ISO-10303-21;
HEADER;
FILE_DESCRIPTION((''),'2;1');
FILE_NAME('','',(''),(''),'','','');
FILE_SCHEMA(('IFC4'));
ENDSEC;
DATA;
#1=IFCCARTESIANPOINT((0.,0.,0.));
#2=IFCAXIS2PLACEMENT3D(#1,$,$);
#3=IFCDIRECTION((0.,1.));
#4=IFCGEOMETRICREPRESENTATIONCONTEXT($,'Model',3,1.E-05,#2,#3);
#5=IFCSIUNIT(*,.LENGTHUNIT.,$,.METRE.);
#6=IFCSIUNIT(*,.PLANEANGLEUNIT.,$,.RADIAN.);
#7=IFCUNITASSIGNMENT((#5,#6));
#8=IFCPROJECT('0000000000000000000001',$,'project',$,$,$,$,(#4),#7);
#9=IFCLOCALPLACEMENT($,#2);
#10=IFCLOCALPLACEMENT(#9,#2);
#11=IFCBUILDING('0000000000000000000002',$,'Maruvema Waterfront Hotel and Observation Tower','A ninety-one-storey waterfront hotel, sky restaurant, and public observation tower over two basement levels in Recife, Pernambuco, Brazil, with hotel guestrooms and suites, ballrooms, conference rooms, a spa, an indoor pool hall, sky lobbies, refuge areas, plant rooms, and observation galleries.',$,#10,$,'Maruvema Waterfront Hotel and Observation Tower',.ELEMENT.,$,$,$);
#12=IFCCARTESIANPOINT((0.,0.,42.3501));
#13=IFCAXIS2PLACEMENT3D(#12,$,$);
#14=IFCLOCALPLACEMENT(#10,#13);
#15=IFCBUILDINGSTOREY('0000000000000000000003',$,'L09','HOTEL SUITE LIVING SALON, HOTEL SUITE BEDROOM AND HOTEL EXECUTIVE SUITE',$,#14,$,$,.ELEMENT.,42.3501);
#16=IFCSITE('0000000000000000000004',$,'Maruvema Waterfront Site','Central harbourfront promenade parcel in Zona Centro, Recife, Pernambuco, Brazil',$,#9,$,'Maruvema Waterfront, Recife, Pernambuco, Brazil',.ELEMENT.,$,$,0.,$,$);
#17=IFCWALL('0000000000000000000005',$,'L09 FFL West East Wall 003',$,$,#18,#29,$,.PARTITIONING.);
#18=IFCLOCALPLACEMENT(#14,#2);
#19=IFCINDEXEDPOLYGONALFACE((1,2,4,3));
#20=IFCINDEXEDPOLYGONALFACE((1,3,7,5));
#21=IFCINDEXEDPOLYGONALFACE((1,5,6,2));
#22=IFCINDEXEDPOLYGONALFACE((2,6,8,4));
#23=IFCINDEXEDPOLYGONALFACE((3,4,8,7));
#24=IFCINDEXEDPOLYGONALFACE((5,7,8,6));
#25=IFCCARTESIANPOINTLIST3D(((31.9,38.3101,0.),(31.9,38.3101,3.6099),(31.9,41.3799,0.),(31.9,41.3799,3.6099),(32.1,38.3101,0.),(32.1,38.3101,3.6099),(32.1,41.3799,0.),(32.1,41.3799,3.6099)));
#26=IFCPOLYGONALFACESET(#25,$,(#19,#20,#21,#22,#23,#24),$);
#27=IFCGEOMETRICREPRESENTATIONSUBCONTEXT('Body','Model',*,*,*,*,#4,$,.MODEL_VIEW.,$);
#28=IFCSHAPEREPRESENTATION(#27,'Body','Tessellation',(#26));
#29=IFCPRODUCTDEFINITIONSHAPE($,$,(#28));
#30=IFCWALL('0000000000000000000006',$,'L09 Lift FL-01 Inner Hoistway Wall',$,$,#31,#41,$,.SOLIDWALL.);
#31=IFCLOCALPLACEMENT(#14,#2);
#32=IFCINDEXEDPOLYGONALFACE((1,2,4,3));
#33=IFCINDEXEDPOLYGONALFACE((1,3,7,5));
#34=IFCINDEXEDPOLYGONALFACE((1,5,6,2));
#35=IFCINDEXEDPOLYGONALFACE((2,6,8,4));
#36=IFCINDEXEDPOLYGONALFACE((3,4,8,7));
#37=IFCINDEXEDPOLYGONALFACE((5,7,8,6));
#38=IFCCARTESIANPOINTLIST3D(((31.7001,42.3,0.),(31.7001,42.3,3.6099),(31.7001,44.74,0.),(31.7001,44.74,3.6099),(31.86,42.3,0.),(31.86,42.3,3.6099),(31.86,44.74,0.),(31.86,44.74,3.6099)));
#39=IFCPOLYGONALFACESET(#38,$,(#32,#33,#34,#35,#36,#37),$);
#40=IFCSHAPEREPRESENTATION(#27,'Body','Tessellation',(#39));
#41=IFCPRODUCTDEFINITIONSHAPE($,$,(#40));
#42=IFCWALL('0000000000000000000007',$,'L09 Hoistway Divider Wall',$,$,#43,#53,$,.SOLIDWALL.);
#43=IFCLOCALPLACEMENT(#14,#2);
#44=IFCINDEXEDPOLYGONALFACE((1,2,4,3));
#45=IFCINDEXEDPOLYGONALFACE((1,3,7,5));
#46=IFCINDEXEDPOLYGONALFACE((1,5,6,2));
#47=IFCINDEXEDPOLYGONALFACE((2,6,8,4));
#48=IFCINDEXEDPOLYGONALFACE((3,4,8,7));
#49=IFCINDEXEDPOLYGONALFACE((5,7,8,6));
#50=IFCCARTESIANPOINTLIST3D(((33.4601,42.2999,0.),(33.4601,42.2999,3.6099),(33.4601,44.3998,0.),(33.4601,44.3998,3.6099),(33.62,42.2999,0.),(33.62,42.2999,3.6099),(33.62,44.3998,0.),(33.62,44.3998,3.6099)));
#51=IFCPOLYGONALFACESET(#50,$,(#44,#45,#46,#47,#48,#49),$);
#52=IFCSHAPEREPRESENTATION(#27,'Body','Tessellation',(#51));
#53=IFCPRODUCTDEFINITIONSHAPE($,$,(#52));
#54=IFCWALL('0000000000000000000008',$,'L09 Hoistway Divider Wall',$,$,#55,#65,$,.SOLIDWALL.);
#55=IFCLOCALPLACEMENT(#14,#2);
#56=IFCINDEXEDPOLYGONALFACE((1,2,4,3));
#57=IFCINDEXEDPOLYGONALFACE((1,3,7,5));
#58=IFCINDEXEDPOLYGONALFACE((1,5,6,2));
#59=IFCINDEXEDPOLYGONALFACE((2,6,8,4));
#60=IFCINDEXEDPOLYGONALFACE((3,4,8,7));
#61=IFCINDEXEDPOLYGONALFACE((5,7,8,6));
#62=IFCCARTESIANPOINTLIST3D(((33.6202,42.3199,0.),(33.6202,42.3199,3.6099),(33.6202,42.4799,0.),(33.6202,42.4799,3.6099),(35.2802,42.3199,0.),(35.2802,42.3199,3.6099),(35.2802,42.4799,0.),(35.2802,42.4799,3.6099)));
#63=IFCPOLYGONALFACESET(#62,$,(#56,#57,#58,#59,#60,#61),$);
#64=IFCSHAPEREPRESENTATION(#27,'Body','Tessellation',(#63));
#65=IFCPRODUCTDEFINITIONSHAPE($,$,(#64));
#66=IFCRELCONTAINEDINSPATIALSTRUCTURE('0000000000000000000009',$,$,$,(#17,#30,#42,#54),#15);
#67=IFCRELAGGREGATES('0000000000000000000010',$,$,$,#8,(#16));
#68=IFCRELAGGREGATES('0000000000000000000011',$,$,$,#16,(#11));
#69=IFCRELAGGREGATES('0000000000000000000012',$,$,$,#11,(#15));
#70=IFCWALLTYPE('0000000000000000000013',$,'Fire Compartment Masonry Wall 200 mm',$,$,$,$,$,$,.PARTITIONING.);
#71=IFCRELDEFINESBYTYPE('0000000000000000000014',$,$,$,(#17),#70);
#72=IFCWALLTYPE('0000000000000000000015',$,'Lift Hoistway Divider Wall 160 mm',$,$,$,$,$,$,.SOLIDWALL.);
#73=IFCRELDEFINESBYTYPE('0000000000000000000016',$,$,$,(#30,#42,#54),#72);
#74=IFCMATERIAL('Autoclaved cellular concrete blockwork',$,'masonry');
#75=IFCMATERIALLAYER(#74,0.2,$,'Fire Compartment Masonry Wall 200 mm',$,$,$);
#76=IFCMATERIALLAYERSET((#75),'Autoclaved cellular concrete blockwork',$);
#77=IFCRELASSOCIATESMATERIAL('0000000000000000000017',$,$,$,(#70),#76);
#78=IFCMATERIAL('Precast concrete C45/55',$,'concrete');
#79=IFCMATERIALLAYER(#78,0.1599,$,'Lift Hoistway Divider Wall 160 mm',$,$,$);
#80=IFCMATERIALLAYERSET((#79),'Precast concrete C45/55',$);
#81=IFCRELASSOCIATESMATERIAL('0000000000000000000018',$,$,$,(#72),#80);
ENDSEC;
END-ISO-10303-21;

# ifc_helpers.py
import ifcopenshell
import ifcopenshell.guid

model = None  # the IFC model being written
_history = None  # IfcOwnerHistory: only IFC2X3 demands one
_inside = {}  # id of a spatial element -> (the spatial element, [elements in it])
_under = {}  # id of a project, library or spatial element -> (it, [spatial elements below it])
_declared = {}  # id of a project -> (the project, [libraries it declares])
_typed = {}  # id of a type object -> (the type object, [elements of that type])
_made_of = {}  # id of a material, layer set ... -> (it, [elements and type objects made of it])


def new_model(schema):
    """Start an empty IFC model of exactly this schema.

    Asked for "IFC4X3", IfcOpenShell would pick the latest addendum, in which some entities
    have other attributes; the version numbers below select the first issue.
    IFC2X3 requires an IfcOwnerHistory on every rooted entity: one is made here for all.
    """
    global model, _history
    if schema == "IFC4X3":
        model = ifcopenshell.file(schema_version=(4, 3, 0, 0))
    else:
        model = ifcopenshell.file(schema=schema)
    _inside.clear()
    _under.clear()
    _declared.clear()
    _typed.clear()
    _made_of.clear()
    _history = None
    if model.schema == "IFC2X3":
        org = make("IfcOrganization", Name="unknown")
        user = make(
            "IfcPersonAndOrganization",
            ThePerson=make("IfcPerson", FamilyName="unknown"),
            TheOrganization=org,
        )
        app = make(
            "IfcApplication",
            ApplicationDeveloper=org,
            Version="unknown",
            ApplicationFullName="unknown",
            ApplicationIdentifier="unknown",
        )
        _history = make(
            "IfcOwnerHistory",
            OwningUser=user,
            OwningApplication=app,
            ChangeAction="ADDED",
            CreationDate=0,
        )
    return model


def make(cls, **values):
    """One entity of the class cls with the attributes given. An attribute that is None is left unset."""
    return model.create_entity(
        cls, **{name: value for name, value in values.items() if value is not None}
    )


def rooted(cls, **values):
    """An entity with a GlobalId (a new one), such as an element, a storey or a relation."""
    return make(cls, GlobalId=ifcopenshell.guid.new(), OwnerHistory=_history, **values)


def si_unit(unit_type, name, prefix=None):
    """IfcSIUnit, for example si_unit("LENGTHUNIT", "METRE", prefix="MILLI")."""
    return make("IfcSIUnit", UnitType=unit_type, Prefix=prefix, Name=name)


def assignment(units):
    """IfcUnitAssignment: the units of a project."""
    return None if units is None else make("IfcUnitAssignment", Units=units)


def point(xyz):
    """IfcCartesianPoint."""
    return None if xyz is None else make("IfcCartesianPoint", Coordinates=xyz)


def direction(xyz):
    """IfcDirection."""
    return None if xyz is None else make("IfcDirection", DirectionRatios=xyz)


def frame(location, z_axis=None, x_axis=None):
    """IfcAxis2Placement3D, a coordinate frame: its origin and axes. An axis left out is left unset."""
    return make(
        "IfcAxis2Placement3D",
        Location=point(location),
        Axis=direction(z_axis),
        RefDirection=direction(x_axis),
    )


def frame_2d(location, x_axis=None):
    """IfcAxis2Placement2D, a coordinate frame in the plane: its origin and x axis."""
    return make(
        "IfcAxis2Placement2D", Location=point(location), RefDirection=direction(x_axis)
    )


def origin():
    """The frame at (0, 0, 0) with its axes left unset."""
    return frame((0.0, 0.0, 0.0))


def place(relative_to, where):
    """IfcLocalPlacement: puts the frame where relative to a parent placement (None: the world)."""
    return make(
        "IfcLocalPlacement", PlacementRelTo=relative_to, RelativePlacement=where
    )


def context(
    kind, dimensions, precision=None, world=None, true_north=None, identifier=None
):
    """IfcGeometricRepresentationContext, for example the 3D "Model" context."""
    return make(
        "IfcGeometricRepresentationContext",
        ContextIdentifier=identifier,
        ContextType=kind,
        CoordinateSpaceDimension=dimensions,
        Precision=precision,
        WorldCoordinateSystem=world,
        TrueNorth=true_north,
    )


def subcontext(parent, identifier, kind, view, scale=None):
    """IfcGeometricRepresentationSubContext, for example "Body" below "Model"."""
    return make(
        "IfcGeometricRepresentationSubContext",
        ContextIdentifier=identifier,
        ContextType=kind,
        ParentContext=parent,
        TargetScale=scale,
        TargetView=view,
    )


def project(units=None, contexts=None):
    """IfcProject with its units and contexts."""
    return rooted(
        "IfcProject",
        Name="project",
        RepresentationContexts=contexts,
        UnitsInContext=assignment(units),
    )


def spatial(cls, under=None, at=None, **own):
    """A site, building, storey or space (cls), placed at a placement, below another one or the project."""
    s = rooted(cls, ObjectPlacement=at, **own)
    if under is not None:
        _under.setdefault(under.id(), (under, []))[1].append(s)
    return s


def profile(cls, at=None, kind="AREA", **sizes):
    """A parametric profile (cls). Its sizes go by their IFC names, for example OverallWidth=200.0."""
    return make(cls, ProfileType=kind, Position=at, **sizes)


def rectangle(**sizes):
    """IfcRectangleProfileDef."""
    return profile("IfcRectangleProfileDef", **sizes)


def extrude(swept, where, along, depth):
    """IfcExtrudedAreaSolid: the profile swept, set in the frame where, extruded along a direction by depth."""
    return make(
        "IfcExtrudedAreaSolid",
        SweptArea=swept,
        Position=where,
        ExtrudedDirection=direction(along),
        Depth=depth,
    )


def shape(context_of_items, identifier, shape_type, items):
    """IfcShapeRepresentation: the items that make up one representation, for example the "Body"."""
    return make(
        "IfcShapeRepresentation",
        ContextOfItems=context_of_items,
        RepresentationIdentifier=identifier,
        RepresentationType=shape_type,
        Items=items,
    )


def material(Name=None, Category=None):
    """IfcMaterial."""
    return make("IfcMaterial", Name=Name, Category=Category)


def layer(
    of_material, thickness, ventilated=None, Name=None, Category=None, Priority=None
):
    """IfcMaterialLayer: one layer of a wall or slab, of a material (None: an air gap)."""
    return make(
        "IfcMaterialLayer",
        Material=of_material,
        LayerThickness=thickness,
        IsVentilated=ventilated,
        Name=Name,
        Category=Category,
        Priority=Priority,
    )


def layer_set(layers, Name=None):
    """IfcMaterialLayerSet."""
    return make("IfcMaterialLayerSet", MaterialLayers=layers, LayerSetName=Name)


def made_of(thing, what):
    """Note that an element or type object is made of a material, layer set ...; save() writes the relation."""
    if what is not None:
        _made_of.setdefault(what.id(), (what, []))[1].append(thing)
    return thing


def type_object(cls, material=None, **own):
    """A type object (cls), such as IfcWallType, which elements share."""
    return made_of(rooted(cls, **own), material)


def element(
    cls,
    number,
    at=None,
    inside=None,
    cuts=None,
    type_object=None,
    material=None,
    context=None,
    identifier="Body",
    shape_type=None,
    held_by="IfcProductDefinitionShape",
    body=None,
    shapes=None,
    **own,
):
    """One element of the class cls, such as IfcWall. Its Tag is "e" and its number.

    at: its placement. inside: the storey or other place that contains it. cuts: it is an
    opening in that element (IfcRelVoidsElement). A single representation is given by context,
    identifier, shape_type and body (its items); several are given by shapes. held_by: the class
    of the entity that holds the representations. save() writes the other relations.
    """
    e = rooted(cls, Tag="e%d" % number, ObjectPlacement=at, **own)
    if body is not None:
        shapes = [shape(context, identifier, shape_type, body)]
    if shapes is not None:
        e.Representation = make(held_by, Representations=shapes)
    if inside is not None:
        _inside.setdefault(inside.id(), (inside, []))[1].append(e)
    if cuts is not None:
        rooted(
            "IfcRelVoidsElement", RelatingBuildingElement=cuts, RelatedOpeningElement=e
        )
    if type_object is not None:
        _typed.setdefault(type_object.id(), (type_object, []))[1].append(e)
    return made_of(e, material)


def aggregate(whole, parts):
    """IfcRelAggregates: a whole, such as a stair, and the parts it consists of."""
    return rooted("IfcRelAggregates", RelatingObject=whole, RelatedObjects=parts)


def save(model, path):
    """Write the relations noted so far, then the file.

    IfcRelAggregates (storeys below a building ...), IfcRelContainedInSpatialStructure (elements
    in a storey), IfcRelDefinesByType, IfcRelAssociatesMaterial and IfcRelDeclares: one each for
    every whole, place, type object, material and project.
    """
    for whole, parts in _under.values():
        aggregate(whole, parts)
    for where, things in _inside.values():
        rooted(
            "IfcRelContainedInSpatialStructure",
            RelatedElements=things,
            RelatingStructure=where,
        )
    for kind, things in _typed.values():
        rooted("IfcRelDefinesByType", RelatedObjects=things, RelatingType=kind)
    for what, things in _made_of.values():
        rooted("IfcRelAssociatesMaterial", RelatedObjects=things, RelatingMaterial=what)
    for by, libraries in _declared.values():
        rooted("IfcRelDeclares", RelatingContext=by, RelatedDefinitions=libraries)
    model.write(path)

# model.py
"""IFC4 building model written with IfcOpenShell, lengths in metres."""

from ifc_helpers import new_model, si_unit, direction, frame, frame_2d, origin, place, context, subcontext, project, spatial, rectangle, extrude, material, layer, layer_set, type_object, element, save


model = new_model("IFC4")

# Units and contexts
model_context = context("Model", 3, precision=1e-05, world=origin(), true_north=direction((0.0, 1.0)))
body_context = subcontext(model_context, "Body", "Model", "MODEL_VIEW")
ifc_project = project(units=[si_unit("LENGTHUNIT", "METRE"), si_unit("PLANEANGLEUNIT", "RADIAN")], contexts=[model_context])

# Site, building, storey
site_placement = place(None, origin())
site = spatial("IfcSite", under=ifc_project, at=site_placement, Name="Maruvema Waterfront Site", Description="Central harbourfront promenade parcel in Zona Centro, Recife, Pernambuco, Brazil", LongName="Maruvema Waterfront, Recife, Pernambuco, Brazil", CompositionType="ELEMENT", RefElevation=0.0)
building_placement = place(site_placement, origin())
building = spatial("IfcBuilding", under=site, at=building_placement, Name="Maruvema Waterfront Hotel and Observation Tower", Description="A ninety-one-storey waterfront hotel, sky restaurant, and public observation tower over two basement levels in Recife, Pernambuco, Brazil, with hotel guestrooms and suites, ballrooms, conference rooms, a spa, an indoor pool hall, sky lobbies, refuge areas, plant rooms, and observation galleries.", LongName="Maruvema Waterfront Hotel and Observation Tower", CompositionType="ELEMENT")
storey_placement = place(building_placement, frame((0.0, 0.0, 42.3501)))
storey = spatial("IfcBuildingStorey", under=building, at=storey_placement, Name="L09", Description="HOTEL SUITE LIVING SALON, HOTEL SUITE BEDROOM AND HOTEL EXECUTIVE SUITE", CompositionType="ELEMENT", Elevation=42.3501)

# Walls
ifc_material_1 = material(Name="Autoclaved cellular concrete blockwork", Category="masonry")
ifc_layer_1 = layer(ifc_material_1, 0.2, Name="Fire Compartment Masonry Wall 200 mm")
ifc_layer_set_1 = layer_set([ifc_layer_1], Name="Autoclaved cellular concrete blockwork")
wall_type_1 = type_object("IfcWallType", Name="Fire Compartment Masonry Wall 200 mm", PredefinedType="PARTITIONING", material=ifc_layer_set_1)
for number, where, z_axis, x_axis, name in (
    (1, (32.0, 38.3101, 0.0), (0.0, 0.0, 1.0), (0.0, 1.0, 0.0), "L09 FFL West East Wall 003"),
):
    element("IfcWall", number, at=place(storey_placement, frame(where, z_axis=z_axis, x_axis=x_axis)), inside=storey, type_object=wall_type_1, Name=name, PredefinedType="PARTITIONING", context=body_context, shape_type="SweptSolid", body=[
        extrude(rectangle(XDim=3.0698, YDim=0.2, at=frame_2d((1.5349, 0.0))), origin(), (0.0, 0.0, 1.0), 3.6099),
    ])
ifc_material_2 = material(Name="Precast concrete C45/55", Category="concrete")
ifc_layer_2 = layer(ifc_material_2, 0.1599, Name="Lift Hoistway Divider Wall 160 mm")
ifc_layer_set_2 = layer_set([ifc_layer_2], Name="Precast concrete C45/55")
wall_type_2 = type_object("IfcWallType", Name="Lift Hoistway Divider Wall 160 mm", PredefinedType="SOLIDWALL", material=ifc_layer_set_2)
wall_1_placement = place(storey_placement, frame((31.78, 42.3, 0.0), z_axis=(0.0, 0.0, 1.0), x_axis=(0.0, 1.0, 0.0)))
element("IfcWall", 2, at=wall_1_placement, inside=storey, type_object=wall_type_2, Name="L09 Lift FL-01 Inner Hoistway Wall", PredefinedType="SOLIDWALL", context=body_context, shape_type="SweptSolid", body=[
    extrude(rectangle(XDim=2.4399, YDim=0.1599, at=frame_2d((1.22, 0.0))), origin(), (0.0, 0.0, 1.0), 3.6099),
])
wall_2_placement = place(storey_placement, frame((33.54, 42.3, 0.0), z_axis=(0.0, 0.0, 1.0), x_axis=(0.0, 1.0, 0.0)))
element("IfcWall", 3, at=wall_2_placement, inside=storey, type_object=wall_type_2, Name="L09 Hoistway Divider Wall", PredefinedType="SOLIDWALL", context=body_context, shape_type="SweptSolid", body=[
    extrude(rectangle(XDim=2.0999, YDim=0.1599, at=frame_2d((1.0498, 0.0))), origin(), (0.0, 0.0, 1.0), 3.6099),
])
wall_3_placement = place(storey_placement, frame((33.6201, 42.3999, 0.0), z_axis=(0.0, 0.0, 1.0), x_axis=(1.0, 0.0, 0.0)))
element("IfcWall", 4, at=wall_3_placement, inside=storey, type_object=wall_type_2, Name="L09 Hoistway Divider Wall", PredefinedType="SOLIDWALL", context=body_context, shape_type="SweptSolid", body=[
    extrude(rectangle(XDim=1.6599, YDim=0.1599, at=frame_2d((0.8301, 0.0))), origin(), (0.0, 0.0, 1.0), 3.6099),
])

save(model, "model.ifc")
